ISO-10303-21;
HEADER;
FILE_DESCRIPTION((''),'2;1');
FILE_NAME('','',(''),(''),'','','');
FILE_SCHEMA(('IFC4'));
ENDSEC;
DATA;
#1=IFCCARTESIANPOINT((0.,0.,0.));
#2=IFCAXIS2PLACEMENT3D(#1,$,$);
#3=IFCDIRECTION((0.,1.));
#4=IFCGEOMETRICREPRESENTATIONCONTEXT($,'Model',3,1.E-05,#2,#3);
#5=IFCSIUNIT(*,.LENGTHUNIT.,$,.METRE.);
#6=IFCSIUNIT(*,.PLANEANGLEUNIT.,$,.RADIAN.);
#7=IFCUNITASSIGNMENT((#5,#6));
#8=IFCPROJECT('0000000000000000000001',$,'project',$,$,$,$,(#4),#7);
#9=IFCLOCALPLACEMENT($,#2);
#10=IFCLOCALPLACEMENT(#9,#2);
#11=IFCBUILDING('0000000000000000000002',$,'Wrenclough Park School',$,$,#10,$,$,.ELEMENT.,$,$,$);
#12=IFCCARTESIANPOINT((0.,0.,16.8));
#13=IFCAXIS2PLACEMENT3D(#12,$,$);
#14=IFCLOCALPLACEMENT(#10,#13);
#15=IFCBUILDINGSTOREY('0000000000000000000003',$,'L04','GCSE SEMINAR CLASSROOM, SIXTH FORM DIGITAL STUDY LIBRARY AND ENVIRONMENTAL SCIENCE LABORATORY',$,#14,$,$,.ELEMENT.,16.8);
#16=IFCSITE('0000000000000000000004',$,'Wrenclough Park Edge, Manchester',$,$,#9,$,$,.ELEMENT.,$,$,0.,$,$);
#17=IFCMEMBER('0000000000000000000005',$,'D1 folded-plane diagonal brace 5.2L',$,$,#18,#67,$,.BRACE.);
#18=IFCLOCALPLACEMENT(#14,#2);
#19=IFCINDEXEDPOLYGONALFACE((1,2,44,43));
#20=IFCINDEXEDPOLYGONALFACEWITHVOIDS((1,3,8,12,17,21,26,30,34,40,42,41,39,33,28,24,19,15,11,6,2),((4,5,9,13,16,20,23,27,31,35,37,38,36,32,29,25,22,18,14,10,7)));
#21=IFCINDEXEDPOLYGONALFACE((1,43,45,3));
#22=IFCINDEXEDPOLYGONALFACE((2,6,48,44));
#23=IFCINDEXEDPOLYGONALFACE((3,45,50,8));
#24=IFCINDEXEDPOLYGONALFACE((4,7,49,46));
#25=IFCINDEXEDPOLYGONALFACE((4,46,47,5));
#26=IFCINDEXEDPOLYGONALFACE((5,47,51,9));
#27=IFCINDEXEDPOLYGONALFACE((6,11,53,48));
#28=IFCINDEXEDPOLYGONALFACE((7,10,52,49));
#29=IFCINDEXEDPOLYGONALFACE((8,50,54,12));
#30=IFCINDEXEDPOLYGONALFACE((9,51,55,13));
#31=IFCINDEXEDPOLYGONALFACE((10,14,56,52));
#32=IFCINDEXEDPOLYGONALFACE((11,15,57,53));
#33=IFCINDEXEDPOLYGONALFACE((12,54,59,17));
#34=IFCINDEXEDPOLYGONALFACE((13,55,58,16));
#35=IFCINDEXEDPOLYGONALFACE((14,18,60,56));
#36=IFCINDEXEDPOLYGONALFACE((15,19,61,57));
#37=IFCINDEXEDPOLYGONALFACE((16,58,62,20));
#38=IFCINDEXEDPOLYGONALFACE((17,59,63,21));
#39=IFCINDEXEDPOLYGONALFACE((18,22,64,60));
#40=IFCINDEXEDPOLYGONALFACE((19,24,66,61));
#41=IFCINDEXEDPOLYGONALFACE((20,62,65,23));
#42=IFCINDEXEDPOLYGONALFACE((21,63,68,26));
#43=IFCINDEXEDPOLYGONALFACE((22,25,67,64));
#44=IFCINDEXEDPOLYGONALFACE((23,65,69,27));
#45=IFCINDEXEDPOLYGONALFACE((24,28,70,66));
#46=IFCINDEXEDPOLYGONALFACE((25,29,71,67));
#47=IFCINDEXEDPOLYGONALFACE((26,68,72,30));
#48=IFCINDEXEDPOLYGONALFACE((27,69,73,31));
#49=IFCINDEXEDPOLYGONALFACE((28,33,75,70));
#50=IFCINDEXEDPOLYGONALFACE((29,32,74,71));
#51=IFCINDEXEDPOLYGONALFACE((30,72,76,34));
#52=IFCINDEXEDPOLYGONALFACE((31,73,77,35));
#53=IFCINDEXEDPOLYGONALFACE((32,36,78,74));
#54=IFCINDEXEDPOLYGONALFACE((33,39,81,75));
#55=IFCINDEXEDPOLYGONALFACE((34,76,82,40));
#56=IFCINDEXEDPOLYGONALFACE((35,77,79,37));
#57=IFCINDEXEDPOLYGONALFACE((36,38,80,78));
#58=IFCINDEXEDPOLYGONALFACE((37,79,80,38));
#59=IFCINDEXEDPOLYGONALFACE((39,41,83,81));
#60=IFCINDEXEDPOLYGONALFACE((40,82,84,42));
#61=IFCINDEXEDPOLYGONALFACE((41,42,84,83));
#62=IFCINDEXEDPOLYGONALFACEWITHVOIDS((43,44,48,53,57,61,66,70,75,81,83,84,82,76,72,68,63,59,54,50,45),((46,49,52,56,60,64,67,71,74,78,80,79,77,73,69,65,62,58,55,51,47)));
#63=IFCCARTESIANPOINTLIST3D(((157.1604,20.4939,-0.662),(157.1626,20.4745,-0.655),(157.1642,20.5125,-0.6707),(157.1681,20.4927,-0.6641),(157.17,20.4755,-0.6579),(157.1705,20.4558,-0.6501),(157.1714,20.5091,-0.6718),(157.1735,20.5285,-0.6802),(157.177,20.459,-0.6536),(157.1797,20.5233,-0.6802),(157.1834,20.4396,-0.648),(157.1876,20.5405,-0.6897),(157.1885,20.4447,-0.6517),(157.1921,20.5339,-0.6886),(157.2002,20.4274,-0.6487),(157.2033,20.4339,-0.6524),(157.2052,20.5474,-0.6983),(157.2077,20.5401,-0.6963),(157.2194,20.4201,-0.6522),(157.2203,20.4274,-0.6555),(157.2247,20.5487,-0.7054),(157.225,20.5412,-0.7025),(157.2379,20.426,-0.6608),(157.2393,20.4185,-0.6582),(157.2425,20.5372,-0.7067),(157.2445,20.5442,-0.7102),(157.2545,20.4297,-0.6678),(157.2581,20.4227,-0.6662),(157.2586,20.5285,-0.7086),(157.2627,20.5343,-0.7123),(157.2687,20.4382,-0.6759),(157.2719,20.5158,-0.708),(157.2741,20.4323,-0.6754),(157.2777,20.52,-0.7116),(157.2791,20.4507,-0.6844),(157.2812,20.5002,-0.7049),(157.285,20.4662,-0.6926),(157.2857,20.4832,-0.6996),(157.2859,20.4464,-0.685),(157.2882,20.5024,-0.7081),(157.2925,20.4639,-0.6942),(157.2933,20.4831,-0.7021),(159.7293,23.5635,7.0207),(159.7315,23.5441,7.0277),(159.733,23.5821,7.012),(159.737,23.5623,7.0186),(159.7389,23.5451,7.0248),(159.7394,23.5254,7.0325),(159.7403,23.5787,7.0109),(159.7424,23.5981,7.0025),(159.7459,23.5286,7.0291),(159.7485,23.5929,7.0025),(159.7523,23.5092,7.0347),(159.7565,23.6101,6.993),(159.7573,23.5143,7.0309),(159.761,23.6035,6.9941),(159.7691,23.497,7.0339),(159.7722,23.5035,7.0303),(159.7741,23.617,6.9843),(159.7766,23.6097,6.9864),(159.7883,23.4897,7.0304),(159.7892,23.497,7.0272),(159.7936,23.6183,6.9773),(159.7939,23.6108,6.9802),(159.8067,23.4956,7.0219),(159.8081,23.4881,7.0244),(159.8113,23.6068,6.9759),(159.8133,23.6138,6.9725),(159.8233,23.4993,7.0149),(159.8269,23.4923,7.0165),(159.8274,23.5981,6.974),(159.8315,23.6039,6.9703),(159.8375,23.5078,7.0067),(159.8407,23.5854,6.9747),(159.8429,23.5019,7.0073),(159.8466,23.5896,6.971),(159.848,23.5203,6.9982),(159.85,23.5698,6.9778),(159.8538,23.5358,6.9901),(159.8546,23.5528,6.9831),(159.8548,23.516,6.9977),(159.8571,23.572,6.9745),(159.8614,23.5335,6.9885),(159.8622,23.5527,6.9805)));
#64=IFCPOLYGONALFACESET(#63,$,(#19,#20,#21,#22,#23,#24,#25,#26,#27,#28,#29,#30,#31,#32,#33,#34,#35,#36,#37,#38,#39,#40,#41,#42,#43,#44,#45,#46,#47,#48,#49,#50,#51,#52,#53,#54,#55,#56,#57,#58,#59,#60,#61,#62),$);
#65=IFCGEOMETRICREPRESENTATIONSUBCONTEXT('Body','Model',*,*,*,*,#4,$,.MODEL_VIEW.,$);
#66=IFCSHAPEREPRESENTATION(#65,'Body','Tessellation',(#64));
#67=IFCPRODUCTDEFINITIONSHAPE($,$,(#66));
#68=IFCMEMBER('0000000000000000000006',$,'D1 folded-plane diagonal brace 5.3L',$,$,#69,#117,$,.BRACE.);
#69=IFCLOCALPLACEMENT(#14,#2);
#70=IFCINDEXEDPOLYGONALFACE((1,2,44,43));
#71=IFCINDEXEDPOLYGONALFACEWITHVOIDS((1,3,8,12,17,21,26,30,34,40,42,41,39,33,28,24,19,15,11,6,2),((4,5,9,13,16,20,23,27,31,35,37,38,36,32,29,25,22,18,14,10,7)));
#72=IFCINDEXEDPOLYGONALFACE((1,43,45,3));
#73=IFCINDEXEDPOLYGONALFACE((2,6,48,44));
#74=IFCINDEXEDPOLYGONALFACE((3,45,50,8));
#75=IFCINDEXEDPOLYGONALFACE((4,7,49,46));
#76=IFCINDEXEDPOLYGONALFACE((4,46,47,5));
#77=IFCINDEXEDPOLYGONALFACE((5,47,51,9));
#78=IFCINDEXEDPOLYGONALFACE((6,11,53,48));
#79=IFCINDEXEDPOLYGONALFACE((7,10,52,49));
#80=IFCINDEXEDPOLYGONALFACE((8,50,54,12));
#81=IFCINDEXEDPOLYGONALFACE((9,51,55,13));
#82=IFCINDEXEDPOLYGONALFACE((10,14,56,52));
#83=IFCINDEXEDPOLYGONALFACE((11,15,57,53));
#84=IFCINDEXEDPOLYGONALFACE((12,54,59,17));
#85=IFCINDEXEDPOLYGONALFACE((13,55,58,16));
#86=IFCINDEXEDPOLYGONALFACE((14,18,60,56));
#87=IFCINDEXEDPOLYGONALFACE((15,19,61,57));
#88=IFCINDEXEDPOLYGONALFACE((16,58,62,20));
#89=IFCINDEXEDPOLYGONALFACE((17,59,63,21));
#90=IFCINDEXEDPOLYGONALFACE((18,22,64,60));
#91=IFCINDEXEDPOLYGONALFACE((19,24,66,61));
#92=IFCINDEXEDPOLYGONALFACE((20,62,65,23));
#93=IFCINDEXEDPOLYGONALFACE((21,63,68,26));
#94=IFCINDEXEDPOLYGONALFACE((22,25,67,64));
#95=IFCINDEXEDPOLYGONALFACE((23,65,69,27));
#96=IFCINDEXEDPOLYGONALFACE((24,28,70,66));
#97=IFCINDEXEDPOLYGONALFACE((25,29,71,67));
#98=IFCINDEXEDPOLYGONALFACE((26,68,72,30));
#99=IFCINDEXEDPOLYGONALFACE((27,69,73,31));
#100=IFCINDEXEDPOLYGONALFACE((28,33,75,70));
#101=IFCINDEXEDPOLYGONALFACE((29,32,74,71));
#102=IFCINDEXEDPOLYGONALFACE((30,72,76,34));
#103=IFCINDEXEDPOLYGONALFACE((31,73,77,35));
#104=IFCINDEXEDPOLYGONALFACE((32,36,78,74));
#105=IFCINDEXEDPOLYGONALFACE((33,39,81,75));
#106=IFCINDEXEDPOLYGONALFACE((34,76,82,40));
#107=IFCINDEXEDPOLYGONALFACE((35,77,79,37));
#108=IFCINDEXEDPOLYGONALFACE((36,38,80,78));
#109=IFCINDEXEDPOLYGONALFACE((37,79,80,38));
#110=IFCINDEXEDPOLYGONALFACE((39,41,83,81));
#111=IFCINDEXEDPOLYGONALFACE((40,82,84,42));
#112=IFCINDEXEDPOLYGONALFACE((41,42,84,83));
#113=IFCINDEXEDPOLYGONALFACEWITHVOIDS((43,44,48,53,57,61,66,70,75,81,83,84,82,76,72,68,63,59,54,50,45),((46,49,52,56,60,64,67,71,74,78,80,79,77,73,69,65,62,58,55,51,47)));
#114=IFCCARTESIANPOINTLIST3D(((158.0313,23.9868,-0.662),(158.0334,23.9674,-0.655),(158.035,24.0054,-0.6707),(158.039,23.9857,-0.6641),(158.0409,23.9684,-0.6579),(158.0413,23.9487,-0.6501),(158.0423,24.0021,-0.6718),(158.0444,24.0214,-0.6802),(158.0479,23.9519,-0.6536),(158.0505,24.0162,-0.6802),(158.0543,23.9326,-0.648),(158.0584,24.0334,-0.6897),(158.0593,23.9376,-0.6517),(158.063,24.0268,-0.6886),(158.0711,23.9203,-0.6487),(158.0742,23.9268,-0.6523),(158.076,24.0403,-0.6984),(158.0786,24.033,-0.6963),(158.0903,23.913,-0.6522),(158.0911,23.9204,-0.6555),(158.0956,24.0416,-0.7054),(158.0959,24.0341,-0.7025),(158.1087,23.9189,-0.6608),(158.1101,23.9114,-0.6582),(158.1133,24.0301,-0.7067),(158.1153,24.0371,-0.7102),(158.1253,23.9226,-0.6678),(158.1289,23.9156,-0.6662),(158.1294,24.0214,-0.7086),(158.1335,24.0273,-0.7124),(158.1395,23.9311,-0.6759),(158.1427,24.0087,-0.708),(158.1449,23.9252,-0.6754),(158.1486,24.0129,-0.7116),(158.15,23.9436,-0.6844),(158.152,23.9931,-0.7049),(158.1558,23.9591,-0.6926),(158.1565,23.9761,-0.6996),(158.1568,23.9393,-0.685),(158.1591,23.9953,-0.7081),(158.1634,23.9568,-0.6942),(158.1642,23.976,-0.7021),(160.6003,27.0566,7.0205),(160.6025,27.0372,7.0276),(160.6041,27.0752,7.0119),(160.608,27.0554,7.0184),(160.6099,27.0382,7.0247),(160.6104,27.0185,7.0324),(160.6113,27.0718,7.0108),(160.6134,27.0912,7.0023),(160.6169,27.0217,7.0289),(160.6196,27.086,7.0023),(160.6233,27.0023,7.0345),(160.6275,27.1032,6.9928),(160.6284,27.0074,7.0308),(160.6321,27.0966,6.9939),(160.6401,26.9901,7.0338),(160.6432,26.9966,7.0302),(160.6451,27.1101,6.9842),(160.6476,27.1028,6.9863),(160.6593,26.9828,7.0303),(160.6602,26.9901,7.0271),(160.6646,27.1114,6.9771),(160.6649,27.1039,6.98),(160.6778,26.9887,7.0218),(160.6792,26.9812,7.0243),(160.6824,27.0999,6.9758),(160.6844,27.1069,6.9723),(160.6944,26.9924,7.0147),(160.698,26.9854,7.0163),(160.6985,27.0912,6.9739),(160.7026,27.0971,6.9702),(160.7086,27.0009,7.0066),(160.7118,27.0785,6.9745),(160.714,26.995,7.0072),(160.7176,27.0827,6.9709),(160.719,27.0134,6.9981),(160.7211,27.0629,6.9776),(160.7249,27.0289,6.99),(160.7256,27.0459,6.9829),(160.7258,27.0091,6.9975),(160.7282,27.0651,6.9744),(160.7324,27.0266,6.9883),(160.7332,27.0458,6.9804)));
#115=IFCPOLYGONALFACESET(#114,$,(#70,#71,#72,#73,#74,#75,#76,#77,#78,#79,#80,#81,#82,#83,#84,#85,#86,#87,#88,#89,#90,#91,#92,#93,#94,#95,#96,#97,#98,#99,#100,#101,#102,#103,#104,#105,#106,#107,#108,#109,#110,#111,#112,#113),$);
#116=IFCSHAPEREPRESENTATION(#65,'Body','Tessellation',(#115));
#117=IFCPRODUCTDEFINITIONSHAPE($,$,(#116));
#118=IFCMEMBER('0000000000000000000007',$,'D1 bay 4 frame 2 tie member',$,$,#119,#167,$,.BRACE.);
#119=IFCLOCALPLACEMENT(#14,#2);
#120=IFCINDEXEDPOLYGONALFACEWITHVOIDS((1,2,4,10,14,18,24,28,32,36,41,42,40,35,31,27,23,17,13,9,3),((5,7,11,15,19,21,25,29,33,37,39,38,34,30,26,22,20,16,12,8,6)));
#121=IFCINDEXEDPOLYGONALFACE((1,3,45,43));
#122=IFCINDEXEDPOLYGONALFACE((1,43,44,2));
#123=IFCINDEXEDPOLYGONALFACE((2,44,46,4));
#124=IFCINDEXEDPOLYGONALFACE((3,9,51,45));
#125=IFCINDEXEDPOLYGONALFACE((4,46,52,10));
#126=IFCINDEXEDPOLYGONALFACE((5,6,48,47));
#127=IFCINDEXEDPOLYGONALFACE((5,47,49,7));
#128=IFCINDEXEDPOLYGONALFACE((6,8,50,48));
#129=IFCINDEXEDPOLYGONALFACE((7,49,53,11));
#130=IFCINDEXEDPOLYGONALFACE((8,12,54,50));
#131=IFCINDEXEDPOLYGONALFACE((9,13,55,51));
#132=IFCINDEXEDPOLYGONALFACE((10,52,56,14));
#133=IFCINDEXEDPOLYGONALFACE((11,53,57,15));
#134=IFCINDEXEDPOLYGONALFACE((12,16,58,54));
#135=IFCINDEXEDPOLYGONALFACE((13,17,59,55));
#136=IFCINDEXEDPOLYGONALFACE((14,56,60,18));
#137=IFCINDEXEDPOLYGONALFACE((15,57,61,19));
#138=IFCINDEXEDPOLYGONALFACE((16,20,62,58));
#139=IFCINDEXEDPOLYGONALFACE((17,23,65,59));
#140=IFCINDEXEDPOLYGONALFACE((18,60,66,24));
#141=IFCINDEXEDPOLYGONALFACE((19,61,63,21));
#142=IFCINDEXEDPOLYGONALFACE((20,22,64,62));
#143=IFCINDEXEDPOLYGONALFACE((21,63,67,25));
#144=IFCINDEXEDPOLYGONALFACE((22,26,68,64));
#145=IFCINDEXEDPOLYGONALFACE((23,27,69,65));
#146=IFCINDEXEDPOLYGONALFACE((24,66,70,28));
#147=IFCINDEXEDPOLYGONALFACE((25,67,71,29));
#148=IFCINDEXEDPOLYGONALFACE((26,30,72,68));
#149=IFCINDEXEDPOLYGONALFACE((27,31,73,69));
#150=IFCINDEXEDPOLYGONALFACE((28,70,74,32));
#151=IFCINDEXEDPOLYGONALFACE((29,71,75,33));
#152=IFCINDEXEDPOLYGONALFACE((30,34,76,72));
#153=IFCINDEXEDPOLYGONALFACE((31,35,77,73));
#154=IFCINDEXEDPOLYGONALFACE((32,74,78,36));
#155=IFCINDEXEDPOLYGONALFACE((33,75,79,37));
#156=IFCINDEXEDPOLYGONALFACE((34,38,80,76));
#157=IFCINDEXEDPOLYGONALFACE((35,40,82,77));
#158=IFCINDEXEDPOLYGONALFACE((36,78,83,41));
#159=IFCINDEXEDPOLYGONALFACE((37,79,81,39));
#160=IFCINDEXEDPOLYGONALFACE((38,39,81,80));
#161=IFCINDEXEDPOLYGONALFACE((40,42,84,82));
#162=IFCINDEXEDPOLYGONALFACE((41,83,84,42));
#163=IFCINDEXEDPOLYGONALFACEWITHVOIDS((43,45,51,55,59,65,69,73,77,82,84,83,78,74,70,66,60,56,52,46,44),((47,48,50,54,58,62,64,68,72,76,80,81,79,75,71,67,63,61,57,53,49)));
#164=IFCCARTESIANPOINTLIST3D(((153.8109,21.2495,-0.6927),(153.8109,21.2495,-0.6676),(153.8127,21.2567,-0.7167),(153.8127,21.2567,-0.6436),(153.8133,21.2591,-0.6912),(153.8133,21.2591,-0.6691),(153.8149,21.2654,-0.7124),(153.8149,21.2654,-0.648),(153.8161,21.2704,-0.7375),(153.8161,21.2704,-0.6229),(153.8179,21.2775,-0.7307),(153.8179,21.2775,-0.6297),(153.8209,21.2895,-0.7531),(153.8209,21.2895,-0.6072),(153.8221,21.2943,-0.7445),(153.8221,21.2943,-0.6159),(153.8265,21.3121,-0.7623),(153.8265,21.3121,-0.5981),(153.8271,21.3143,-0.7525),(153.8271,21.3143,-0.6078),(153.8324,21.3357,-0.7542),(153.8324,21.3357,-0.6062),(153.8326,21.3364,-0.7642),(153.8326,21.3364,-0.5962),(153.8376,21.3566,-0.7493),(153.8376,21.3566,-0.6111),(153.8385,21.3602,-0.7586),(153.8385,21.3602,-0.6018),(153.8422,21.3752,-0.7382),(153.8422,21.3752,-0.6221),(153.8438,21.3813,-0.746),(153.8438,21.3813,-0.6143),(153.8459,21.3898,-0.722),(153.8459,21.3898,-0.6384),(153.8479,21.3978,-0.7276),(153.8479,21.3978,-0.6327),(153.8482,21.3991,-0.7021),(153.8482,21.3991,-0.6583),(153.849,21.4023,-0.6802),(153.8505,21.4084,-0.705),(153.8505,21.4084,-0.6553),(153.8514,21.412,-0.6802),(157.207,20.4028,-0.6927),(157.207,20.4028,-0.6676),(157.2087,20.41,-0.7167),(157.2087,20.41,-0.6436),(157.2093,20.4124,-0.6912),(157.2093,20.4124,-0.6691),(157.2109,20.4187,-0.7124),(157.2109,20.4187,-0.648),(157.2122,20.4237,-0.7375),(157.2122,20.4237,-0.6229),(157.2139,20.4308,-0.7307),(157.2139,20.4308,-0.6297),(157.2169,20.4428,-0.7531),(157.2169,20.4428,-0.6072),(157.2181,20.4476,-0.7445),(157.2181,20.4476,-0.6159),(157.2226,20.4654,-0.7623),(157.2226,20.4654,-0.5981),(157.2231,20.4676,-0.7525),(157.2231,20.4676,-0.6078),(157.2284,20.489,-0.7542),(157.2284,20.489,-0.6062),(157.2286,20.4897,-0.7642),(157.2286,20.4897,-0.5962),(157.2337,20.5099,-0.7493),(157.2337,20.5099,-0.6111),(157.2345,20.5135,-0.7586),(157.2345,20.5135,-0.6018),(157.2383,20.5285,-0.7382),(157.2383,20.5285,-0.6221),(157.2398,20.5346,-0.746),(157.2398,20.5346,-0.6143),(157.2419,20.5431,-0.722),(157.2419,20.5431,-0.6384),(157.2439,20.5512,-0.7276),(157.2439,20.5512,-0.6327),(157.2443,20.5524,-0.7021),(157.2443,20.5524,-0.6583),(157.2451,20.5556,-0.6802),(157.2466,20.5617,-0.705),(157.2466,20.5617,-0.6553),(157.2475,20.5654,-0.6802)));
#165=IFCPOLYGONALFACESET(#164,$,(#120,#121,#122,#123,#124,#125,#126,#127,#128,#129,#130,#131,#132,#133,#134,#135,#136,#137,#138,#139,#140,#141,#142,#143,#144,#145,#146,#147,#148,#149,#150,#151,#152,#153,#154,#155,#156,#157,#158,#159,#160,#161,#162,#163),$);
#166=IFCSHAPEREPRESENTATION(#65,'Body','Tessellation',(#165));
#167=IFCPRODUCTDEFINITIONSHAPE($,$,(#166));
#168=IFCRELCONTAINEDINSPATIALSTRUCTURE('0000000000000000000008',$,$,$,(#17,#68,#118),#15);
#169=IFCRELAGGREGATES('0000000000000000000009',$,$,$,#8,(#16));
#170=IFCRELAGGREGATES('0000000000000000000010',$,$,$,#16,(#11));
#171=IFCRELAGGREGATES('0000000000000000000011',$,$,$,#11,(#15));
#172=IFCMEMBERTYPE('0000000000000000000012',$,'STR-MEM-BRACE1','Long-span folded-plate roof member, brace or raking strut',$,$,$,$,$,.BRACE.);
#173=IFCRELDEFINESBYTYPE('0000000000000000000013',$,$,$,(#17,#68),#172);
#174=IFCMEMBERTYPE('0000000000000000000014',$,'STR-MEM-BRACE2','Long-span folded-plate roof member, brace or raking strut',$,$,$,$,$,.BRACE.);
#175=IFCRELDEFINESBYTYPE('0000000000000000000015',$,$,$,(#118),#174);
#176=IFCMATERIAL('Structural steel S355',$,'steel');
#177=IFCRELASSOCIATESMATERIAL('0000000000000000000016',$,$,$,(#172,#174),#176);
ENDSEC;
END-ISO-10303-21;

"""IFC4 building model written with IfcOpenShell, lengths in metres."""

from ifc_helpers import new_model, si_unit, direction, frame, origin, origin_2d, place, context, subcontext, project, spatial, hollow_circle, extrude, material, material_profile, profile_set, type_object, element, save


model = new_model("IFC4")

# Units and contexts
model_context = context("Model", 3, precision=1e-05, world=origin(), true_north=direction((0.0, 1.0)))
body_context = subcontext(model_context, "Body", "Model", "MODEL_VIEW")
ifc_project = project(units=[si_unit("LENGTHUNIT", "METRE"), si_unit("PLANEANGLEUNIT", "RADIAN")], contexts=[model_context])

# Site, building, storey
site_placement = place(None, origin())
site = spatial("IfcSite", under=ifc_project, at=site_placement, Name="Wrenclough Park Edge, Manchester", CompositionType="ELEMENT", RefElevation=0.0)
building_placement = place(site_placement, origin())
building = spatial("IfcBuilding", under=site, at=building_placement, Name="Wrenclough Park School", CompositionType="ELEMENT")
storey_placement = place(building_placement, frame((0.0, 0.0, 16.8)))
storey = spatial("IfcBuildingStorey", under=building, at=storey_placement, Name="L04", Description="GCSE SEMINAR CLASSROOM, SIXTH FORM DIGITAL STUDY LIBRARY AND ENVIRONMENTAL SCIENCE LABORATORY", CompositionType="ELEMENT", Elevation=16.8)

# Members
ifc_material = material(Name="Structural steel S355", Category="steel")
ifc_material_profile_1 = material_profile(ifc_material, hollow_circle(Radius=0.0698, WallThickness=0.0081, at=origin_2d()), Name="CHS 139.7x8.0")
ifc_profile_set_1 = profile_set([ifc_material_profile_1], Name="Structural steel S355")
member_type_1 = type_object("IfcMemberType", Name="STR-MEM-BRACE1", Description="Long-span folded-plate roof member, brace or raking strut", PredefinedType="BRACE", material=ifc_profile_set_1)
for number, where, z_axis, x_axis, name in (
    (1, (157.2271, 20.4836, -0.6802), (0.296538, 0.354341, 0.886853), (-0.766885, 0.641785, 0.0), "D1 folded-plane diagonal brace 5.2L"),
    (2, (158.0979, 23.9766, -0.6802), (0.296561, 0.354363, 0.886836), (-0.76688, 0.641791, 0.0), "D1 folded-plane diagonal brace 5.3L"),
):
    element("IfcMember", number, at=place(storey_placement, frame(where, z_axis=z_axis, x_axis=x_axis)), inside=storey, type_object=member_type_1, Name=name, PredefinedType="BRACE", context=body_context, shape_type="SweptSolid", body=[
        extrude(hollow_circle(Radius=0.0698, WallThickness=0.0081, at=origin_2d()), origin(), (0.0, 0.0, 1.0), 8.6628),
    ])
ifc_material_profile_2 = material_profile(ifc_material, hollow_circle(Radius=0.0842, WallThickness=0.01, at=origin_2d()), Name="CHS 168.3x10.0")
ifc_profile_set_2 = profile_set([ifc_material_profile_2], Name="Structural steel S355")
member_type_2 = type_object("IfcMemberType", Name="STR-MEM-BRACE2", Description="Long-span folded-plate roof member, brace or raking strut", PredefinedType="BRACE", material=ifc_profile_set_2)
for number, where, z_axis, x_axis, name in (
    (3, (153.8311, 21.3303, -0.6802), (0.970298, -0.241912, 0.0), (0.241912, 0.970298, 0.0), "D1 bay 4 frame 2 tie member"),
):
    element("IfcMember", number, at=place(storey_placement, frame(where, z_axis=z_axis, x_axis=x_axis)), inside=storey, type_object=member_type_2, Name=name, PredefinedType="BRACE", context=body_context, shape_type="SweptSolid", body=[
        extrude(hollow_circle(Radius=0.0842, WallThickness=0.01, at=origin_2d()), origin(), (0.0, 0.0, 1.0), 3.5),
    ])

save(model, "model.ifc")
